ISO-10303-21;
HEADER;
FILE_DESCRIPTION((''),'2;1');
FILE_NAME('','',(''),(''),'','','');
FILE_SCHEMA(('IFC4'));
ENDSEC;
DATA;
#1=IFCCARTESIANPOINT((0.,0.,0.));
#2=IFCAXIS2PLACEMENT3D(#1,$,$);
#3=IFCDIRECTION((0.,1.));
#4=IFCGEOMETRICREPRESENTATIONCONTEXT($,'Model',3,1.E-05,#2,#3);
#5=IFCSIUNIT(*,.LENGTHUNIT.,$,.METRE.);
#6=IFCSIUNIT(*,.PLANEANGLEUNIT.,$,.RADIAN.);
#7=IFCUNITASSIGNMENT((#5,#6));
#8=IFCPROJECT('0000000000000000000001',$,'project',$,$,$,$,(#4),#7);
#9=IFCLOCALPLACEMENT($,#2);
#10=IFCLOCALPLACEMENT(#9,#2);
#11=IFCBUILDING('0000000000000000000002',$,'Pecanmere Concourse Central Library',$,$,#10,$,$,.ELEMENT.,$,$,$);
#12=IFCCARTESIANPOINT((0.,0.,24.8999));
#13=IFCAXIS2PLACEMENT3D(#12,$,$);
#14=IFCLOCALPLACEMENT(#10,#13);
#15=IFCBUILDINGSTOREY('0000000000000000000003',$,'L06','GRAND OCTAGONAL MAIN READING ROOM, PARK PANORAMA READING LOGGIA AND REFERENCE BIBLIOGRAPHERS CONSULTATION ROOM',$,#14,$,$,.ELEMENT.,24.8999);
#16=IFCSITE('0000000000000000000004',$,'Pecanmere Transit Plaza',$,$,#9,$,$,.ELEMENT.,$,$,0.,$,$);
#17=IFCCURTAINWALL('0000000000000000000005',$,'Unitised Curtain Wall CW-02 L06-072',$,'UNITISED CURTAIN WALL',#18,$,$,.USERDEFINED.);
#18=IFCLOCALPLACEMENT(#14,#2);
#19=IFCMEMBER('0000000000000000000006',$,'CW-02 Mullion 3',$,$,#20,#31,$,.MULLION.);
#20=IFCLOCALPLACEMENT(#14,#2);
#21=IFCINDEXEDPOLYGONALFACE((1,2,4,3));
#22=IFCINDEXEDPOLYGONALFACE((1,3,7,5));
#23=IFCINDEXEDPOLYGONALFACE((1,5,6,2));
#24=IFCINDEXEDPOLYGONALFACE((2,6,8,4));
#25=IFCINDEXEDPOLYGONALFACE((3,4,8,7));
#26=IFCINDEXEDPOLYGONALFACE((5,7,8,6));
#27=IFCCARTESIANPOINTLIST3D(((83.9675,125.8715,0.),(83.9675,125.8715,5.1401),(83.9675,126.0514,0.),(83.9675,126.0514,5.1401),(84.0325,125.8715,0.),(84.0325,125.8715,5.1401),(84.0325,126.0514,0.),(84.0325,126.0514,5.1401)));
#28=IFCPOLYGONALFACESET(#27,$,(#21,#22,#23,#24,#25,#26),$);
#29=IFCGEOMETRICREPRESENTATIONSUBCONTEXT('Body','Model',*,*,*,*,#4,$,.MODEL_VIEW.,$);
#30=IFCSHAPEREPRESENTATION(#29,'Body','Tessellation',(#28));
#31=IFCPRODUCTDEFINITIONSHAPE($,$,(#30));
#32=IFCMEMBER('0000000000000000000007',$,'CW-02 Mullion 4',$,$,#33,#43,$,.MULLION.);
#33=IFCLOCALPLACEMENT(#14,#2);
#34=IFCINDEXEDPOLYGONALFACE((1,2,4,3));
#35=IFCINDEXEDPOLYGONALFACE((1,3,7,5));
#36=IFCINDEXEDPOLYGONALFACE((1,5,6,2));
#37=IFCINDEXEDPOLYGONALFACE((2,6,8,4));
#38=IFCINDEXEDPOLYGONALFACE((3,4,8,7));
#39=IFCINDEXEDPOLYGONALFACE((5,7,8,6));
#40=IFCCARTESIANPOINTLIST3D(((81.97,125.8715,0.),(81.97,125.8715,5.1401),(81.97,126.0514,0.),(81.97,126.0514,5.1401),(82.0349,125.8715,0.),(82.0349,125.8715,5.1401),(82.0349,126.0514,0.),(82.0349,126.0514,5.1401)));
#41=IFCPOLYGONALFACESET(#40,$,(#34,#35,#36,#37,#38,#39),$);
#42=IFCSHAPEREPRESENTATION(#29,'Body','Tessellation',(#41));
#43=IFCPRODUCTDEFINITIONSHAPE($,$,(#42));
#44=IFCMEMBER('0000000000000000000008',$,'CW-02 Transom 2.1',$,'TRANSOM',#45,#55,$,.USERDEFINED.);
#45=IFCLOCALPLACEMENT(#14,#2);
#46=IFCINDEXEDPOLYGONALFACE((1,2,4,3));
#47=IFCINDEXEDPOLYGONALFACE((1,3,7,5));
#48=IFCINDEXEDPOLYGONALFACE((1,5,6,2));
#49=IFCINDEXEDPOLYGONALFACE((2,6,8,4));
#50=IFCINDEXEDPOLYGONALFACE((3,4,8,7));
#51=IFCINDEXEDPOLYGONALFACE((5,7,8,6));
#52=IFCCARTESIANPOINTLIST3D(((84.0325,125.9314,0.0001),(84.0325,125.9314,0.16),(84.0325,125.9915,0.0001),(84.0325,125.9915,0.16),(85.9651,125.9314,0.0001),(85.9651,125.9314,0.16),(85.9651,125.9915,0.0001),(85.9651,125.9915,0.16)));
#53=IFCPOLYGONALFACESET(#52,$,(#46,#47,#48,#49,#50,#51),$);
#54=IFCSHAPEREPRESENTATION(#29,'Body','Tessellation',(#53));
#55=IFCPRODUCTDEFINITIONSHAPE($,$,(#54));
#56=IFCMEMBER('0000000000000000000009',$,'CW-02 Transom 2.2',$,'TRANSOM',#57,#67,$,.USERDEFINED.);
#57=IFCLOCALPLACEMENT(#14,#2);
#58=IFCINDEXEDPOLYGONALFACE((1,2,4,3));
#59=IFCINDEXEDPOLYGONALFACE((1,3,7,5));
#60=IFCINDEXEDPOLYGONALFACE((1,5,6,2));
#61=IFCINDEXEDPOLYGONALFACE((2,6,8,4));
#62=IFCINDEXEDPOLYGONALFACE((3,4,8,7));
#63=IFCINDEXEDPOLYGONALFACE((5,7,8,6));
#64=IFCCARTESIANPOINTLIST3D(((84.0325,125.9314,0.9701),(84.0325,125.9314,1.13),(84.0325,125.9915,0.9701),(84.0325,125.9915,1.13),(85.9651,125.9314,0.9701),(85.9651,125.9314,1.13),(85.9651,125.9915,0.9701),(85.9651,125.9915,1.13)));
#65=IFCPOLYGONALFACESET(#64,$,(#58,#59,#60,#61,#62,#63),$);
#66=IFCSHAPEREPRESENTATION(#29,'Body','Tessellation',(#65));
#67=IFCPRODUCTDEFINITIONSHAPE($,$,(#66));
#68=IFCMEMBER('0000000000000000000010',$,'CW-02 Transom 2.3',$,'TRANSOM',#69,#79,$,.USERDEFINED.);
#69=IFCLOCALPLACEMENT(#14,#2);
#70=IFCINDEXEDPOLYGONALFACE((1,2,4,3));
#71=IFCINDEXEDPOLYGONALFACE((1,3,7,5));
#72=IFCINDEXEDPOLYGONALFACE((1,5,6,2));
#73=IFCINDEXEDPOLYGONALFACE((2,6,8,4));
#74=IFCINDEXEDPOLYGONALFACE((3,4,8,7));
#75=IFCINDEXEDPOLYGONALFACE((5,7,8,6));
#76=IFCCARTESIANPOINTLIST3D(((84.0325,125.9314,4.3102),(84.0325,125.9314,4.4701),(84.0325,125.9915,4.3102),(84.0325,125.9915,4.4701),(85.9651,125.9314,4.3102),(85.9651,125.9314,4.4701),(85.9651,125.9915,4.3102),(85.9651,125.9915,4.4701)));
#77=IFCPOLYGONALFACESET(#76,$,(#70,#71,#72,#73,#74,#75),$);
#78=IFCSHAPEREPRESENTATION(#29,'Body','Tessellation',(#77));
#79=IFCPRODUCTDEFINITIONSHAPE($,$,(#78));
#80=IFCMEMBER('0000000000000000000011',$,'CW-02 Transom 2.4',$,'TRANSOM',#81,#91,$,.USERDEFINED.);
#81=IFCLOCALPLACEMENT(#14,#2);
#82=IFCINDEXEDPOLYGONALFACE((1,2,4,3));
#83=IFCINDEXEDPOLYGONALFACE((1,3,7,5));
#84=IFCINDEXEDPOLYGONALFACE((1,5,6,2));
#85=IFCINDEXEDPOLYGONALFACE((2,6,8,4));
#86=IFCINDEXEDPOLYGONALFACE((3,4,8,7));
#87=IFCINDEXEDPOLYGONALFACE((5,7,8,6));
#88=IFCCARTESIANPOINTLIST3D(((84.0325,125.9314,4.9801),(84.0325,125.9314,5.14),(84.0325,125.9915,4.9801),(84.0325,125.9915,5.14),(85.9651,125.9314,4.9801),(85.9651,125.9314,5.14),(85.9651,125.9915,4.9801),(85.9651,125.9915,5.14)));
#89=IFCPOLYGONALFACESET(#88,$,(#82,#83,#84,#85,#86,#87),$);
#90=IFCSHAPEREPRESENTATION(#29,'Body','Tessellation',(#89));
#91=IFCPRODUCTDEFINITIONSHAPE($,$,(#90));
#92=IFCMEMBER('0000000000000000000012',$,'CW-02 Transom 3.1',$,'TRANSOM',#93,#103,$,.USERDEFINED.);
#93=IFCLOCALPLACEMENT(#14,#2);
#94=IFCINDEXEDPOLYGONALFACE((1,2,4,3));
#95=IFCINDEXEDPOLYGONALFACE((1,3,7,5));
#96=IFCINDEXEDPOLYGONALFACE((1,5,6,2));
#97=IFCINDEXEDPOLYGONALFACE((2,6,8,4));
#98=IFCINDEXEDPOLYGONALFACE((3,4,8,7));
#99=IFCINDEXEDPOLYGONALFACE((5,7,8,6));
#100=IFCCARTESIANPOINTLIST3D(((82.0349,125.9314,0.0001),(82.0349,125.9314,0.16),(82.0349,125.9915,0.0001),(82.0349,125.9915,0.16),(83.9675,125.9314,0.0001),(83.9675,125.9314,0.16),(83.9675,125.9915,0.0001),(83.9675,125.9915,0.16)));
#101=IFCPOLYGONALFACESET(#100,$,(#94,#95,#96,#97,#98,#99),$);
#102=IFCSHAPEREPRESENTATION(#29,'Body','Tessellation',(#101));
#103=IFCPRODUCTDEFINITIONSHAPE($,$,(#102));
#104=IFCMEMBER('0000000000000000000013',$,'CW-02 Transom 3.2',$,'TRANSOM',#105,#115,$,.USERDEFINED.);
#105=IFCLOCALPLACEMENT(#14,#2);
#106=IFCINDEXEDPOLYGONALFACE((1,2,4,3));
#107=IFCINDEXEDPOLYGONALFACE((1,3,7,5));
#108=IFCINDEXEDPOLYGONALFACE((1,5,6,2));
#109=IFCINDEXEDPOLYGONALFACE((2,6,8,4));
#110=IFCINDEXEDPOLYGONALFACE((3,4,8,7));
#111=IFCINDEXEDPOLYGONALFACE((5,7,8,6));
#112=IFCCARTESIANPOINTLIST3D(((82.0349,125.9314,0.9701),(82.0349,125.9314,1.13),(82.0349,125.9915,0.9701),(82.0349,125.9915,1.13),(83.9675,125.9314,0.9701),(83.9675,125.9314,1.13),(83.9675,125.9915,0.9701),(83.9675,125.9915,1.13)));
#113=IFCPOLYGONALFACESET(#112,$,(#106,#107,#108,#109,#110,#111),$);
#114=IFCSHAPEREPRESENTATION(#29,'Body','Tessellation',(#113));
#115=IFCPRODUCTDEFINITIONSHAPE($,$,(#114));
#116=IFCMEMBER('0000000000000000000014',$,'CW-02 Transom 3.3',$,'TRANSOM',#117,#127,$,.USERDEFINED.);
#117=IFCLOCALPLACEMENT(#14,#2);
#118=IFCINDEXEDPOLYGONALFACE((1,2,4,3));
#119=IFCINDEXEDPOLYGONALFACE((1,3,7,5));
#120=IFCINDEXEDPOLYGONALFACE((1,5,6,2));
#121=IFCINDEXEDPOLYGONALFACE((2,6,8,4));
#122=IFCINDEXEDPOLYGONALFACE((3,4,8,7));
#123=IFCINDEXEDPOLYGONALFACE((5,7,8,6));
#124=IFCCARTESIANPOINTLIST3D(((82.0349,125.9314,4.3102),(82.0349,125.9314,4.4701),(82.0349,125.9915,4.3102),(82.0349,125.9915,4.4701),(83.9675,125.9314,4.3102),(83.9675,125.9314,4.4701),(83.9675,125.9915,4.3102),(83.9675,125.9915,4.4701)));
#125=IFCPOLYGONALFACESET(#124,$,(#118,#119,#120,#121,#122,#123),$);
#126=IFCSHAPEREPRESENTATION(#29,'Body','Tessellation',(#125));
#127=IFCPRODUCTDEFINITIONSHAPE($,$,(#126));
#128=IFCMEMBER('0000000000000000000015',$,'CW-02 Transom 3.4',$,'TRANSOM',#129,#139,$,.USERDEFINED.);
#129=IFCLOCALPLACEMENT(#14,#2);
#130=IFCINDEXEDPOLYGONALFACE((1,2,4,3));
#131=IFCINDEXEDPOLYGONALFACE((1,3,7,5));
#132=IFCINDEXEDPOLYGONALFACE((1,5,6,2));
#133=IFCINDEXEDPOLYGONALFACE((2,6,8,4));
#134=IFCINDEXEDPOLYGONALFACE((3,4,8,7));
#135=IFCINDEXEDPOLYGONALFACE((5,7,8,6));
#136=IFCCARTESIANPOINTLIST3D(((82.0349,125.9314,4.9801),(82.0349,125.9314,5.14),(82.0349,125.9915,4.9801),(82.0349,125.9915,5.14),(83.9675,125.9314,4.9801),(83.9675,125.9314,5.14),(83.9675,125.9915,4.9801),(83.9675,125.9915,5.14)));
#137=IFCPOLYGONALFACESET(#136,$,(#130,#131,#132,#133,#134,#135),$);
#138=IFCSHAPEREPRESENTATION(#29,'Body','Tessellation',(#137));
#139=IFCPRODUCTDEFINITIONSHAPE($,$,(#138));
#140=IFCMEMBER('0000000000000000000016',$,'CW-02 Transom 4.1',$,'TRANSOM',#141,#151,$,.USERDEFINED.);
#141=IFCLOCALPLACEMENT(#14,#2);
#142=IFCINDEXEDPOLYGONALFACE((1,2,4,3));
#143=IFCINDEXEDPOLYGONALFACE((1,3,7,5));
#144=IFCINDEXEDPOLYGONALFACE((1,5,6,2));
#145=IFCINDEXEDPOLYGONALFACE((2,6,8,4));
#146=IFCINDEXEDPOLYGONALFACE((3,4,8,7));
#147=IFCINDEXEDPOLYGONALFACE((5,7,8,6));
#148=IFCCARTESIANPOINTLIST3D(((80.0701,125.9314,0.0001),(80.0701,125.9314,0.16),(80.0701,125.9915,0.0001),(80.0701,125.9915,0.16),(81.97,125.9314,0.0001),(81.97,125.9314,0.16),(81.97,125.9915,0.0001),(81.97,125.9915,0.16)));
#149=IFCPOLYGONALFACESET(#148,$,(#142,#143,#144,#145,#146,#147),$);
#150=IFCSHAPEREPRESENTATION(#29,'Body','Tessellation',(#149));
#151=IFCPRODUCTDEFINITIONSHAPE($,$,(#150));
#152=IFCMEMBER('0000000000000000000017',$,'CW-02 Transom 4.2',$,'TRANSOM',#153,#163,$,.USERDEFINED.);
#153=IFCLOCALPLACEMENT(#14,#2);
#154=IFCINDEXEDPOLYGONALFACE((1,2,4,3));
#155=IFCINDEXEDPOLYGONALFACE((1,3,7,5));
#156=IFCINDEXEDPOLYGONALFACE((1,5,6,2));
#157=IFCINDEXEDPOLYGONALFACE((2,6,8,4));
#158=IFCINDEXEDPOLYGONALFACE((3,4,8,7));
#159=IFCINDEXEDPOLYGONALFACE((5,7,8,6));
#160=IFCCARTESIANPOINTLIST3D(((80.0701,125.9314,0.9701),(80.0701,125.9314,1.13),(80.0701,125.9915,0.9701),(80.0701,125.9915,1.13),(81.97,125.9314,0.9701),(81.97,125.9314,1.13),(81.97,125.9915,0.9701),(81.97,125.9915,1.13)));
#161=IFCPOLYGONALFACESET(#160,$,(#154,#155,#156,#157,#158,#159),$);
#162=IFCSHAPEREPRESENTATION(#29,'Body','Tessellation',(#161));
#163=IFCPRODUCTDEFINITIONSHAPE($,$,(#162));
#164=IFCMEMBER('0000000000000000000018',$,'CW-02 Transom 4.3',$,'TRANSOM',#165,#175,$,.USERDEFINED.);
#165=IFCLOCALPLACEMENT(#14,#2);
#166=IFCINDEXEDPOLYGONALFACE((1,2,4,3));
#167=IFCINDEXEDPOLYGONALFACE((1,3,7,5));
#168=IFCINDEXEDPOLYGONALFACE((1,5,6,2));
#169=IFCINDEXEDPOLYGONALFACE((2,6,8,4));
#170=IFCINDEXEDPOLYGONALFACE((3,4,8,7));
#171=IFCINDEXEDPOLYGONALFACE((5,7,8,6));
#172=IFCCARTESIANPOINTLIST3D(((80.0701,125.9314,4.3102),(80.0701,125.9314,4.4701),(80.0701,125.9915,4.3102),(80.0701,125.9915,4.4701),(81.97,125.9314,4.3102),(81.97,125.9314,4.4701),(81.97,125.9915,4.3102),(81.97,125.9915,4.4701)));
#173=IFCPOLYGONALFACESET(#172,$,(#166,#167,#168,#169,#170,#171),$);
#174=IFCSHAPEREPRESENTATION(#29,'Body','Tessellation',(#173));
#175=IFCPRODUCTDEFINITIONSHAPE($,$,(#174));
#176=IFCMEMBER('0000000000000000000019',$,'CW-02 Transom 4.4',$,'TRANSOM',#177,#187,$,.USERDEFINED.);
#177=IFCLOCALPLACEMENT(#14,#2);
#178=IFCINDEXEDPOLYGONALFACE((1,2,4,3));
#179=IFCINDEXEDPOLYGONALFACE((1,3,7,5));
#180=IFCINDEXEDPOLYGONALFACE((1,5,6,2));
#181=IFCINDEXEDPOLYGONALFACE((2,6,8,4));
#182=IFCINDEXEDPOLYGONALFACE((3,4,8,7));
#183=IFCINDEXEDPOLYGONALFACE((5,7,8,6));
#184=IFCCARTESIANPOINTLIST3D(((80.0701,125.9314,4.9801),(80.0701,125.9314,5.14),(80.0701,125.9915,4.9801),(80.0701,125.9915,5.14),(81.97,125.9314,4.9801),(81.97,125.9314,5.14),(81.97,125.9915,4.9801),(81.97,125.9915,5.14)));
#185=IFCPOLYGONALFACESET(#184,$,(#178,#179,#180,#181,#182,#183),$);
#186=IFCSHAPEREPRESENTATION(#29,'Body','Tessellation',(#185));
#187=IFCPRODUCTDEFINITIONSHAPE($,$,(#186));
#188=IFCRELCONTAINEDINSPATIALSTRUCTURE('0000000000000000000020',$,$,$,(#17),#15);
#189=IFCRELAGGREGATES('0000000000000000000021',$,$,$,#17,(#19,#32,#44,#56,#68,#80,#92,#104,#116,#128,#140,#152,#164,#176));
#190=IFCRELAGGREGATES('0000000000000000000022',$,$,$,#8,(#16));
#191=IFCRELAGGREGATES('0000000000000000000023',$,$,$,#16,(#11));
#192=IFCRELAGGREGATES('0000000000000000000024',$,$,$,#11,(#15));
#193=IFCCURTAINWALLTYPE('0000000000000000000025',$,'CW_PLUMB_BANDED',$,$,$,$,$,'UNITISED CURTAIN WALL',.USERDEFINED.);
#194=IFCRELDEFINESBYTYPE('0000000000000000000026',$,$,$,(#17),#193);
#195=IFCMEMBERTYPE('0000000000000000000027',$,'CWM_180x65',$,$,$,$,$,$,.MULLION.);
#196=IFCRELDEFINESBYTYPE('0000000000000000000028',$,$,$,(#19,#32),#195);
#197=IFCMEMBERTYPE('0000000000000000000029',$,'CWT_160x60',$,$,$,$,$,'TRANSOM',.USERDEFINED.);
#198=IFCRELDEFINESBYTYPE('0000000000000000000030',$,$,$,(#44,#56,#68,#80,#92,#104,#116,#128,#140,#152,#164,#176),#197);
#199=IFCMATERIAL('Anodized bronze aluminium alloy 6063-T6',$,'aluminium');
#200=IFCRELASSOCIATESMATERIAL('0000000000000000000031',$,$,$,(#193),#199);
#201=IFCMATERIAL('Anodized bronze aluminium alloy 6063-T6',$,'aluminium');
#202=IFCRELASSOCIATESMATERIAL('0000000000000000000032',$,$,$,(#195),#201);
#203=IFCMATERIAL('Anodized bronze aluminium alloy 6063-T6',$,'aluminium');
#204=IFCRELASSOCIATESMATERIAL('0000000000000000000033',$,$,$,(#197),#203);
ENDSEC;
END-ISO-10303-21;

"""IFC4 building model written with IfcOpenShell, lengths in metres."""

from ifc_helpers import new_model, si_unit, direction, frame, origin, origin_2d, place, context, subcontext, project, spatial, rectangle, extrude, material, material_profile, profile_set, type_object, element, aggregate, save


model = new_model("IFC4")

# Units and contexts
model_context = context("Model", 3, precision=1e-05, world=origin(), true_north=direction((0.0, 1.0)))
body_context = subcontext(model_context, "Body", "Model", "MODEL_VIEW")
ifc_project = project(units=[si_unit("LENGTHUNIT", "METRE"), si_unit("PLANEANGLEUNIT", "RADIAN")], contexts=[model_context])

# Site, building, storey
site_placement = place(None, origin())
site = spatial("IfcSite", under=ifc_project, at=site_placement, Name="Pecanmere Transit Plaza", CompositionType="ELEMENT", RefElevation=0.0)
building_placement = place(site_placement, origin())
building = spatial("IfcBuilding", under=site, at=building_placement, Name="Pecanmere Concourse Central Library", CompositionType="ELEMENT")
storey_placement = place(building_placement, frame((0.0, 0.0, 24.8999)))
storey = spatial("IfcBuildingStorey", under=building, at=storey_placement, Name="L06", Description="GRAND OCTAGONAL MAIN READING ROOM, PARK PANORAMA READING LOGGIA AND REFERENCE BIBLIOGRAPHERS CONSULTATION ROOM", CompositionType="ELEMENT", Elevation=24.8999)

# Curtain wall, members
ifc_material_1 = material(Name="Anodized bronze aluminium alloy 6063-T6", Category="aluminium")
curtain_wall_type = type_object("IfcCurtainWallType", Name="CW_PLUMB_BANDED", ElementType="UNITISED CURTAIN WALL", PredefinedType="USERDEFINED", material=ifc_material_1)
curtain_wall_placement = place(storey_placement, origin())
curtain_wall = element("IfcCurtainWall", 1, at=curtain_wall_placement, inside=storey, type_object=curtain_wall_type, Name="Unitised Curtain Wall CW-02 L06-072", ObjectType="UNITISED CURTAIN WALL", PredefinedType="USERDEFINED")
ifc_material_2 = material(Name="Anodized bronze aluminium alloy 6063-T6", Category="aluminium")
ifc_material_profile_1 = material_profile(ifc_material_2, rectangle(XDim=0.0649, YDim=0.1799, at=origin_2d()), Name="AL 65x180")
ifc_profile_set_1 = profile_set([ifc_material_profile_1], Name="Anodized bronze aluminium alloy 6063-T6")
member_type_1 = type_object("IfcMemberType", Name="CWM_180x65", PredefinedType="MULLION", material=ifc_profile_set_1)
member_1_placement = place(storey_placement, frame((84.0, 125.9614, 0.0), z_axis=(0.0, 0.0, 1.0), x_axis=(-1.0, 0.0, 0.0)))
member_1 = element("IfcMember", 2, at=member_1_placement, type_object=member_type_1, Name="CW-02 Mullion 3", PredefinedType="MULLION", context=body_context, shape_type="SweptSolid", body=[
    extrude(rectangle(XDim=0.0649, YDim=0.1799, at=origin_2d()), origin(), (0.0, 0.0, 1.0), 5.1401),
])
member_2_placement = place(storey_placement, frame((82.0024, 125.9614, 0.0), z_axis=(0.0, 0.0, 1.0), x_axis=(-1.0, 0.0, 0.0)))
member_2 = element("IfcMember", 3, at=member_2_placement, type_object=member_type_1, Name="CW-02 Mullion 4", PredefinedType="MULLION", context=body_context, shape_type="SweptSolid", body=[
    extrude(rectangle(XDim=0.0649, YDim=0.1799, at=origin_2d()), origin(), (0.0, 0.0, 1.0), 5.1401),
])
ifc_material_3 = material(Name="Anodized bronze aluminium alloy 6063-T6", Category="aluminium")
ifc_material_profile_2 = material_profile(ifc_material_3, rectangle(XDim=0.0601, YDim=0.1599, at=origin_2d()), Name="AL 60x160")
ifc_profile_set_2 = profile_set([ifc_material_profile_2], Name="Anodized bronze aluminium alloy 6063-T6")
member_type_2 = type_object("IfcMemberType", Name="CWT_160x60", ElementType="TRANSOM", PredefinedType="USERDEFINED", material=ifc_profile_set_2)
member_3_placement = place(storey_placement, frame((85.9651, 125.9614, 0.0801), z_axis=(-1.0, 0.0, 0.0), x_axis=(0.0, -1.0, 0.0)))
member_3 = element("IfcMember", 4, at=member_3_placement, type_object=member_type_2, Name="CW-02 Transom 2.1", ObjectType="TRANSOM", PredefinedType="USERDEFINED", context=body_context, shape_type="SweptSolid", body=[
    extrude(rectangle(XDim=0.0601, YDim=0.1599, at=origin_2d()), origin(), (0.0, 0.0, 1.0), 1.9326),
])
member_4_placement = place(storey_placement, frame((85.9651, 125.9614, 1.05), z_axis=(-1.0, 0.0, 0.0), x_axis=(0.0, -1.0, 0.0)))
member_4 = element("IfcMember", 5, at=member_4_placement, type_object=member_type_2, Name="CW-02 Transom 2.2", ObjectType="TRANSOM", PredefinedType="USERDEFINED", context=body_context, shape_type="SweptSolid", body=[
    extrude(rectangle(XDim=0.0601, YDim=0.1599, at=origin_2d()), origin(), (0.0, 0.0, 1.0), 1.9326),
])
member_5_placement = place(storey_placement, frame((85.9651, 125.9614, 4.3901), z_axis=(-1.0, 0.0, 0.0), x_axis=(0.0, -1.0, 0.0)))
member_5 = element("IfcMember", 6, at=member_5_placement, type_object=member_type_2, Name="CW-02 Transom 2.3", ObjectType="TRANSOM", PredefinedType="USERDEFINED", context=body_context, shape_type="SweptSolid", body=[
    extrude(rectangle(XDim=0.0601, YDim=0.1599, at=origin_2d()), origin(), (0.0, 0.0, 1.0), 1.9326),
])
member_6_placement = place(storey_placement, frame((85.9651, 125.9614, 5.0601), z_axis=(-1.0, 0.0, 0.0), x_axis=(0.0, -1.0, 0.0)))
member_6 = element("IfcMember", 7, at=member_6_placement, type_object=member_type_2, Name="CW-02 Transom 2.4", ObjectType="TRANSOM", PredefinedType="USERDEFINED", context=body_context, shape_type="SweptSolid", body=[
    extrude(rectangle(XDim=0.0601, YDim=0.1599, at=origin_2d()), origin(), (0.0, 0.0, 1.0), 1.9326),
])
member_7_placement = place(storey_placement, frame((83.9675, 125.9614, 0.0801), z_axis=(-1.0, 0.0, 0.0), x_axis=(0.0, -1.0, 0.0)))
member_7 = element("IfcMember", 8, at=member_7_placement, type_object=member_type_2, Name="CW-02 Transom 3.1", ObjectType="TRANSOM", PredefinedType="USERDEFINED", context=body_context, shape_type="SweptSolid", body=[
    extrude(rectangle(XDim=0.0601, YDim=0.1599, at=origin_2d()), origin(), (0.0, 0.0, 1.0), 1.9326),
])
member_8_placement = place(storey_placement, frame((83.9675, 125.9614, 1.05), z_axis=(-1.0, 0.0, 0.0), x_axis=(0.0, -1.0, 0.0)))
member_8 = element("IfcMember", 9, at=member_8_placement, type_object=member_type_2, Name="CW-02 Transom 3.2", ObjectType="TRANSOM", PredefinedType="USERDEFINED", context=body_context, shape_type="SweptSolid", body=[
    extrude(rectangle(XDim=0.0601, YDim=0.1599, at=origin_2d()), origin(), (0.0, 0.0, 1.0), 1.9326),
])
member_9_placement = place(storey_placement, frame((83.9675, 125.9614, 4.3901), z_axis=(-1.0, 0.0, 0.0), x_axis=(0.0, -1.0, 0.0)))
member_9 = element("IfcMember", 10, at=member_9_placement, type_object=member_type_2, Name="CW-02 Transom 3.3", ObjectType="TRANSOM", PredefinedType="USERDEFINED", context=body_context, shape_type="SweptSolid", body=[
    extrude(rectangle(XDim=0.0601, YDim=0.1599, at=origin_2d()), origin(), (0.0, 0.0, 1.0), 1.9326),
])
member_10_placement = place(storey_placement, frame((83.9675, 125.9614, 5.0601), z_axis=(-1.0, 0.0, 0.0), x_axis=(0.0, -1.0, 0.0)))
member_10 = element("IfcMember", 11, at=member_10_placement, type_object=member_type_2, Name="CW-02 Transom 3.4", ObjectType="TRANSOM", PredefinedType="USERDEFINED", context=body_context, shape_type="SweptSolid", body=[
    extrude(rectangle(XDim=0.0601, YDim=0.1599, at=origin_2d()), origin(), (0.0, 0.0, 1.0), 1.9326),
])
member_11_placement = place(storey_placement, frame((81.97, 125.9614, 0.0801), z_axis=(-1.0, 0.0, 0.0), x_axis=(0.0, -1.0, 0.0)))
member_11 = element("IfcMember", 12, at=member_11_placement, type_object=member_type_2, Name="CW-02 Transom 4.1", ObjectType="TRANSOM", PredefinedType="USERDEFINED", context=body_context, shape_type="SweptSolid", body=[
    extrude(rectangle(XDim=0.0601, YDim=0.1599, at=origin_2d()), origin(), (0.0, 0.0, 1.0), 1.8999),
])
member_12_placement = place(storey_placement, frame((81.97, 125.9614, 1.05), z_axis=(-1.0, 0.0, 0.0), x_axis=(0.0, -1.0, 0.0)))
member_12 = element("IfcMember", 13, at=member_12_placement, type_object=member_type_2, Name="CW-02 Transom 4.2", ObjectType="TRANSOM", PredefinedType="USERDEFINED", context=body_context, shape_type="SweptSolid", body=[
    extrude(rectangle(XDim=0.0601, YDim=0.1599, at=origin_2d()), origin(), (0.0, 0.0, 1.0), 1.8999),
])
member_13_placement = place(storey_placement, frame((81.97, 125.9614, 4.3901), z_axis=(-1.0, 0.0, 0.0), x_axis=(0.0, -1.0, 0.0)))
member_13 = element("IfcMember", 14, at=member_13_placement, type_object=member_type_2, Name="CW-02 Transom 4.3", ObjectType="TRANSOM", PredefinedType="USERDEFINED", context=body_context, shape_type="SweptSolid", body=[
    extrude(rectangle(XDim=0.0601, YDim=0.1599, at=origin_2d()), origin(), (0.0, 0.0, 1.0), 1.8999),
])
member_14_placement = place(storey_placement, frame((81.97, 125.9614, 5.0601), z_axis=(-1.0, 0.0, 0.0), x_axis=(0.0, -1.0, 0.0)))
member_14 = element("IfcMember", 15, at=member_14_placement, type_object=member_type_2, Name="CW-02 Transom 4.4", ObjectType="TRANSOM", PredefinedType="USERDEFINED", context=body_context, shape_type="SweptSolid", body=[
    extrude(rectangle(XDim=0.0601, YDim=0.1599, at=origin_2d()), origin(), (0.0, 0.0, 1.0), 1.8999),
])

aggregate(curtain_wall, [member_1, member_2, member_3, member_4, member_5, member_6, member_7, member_8, member_9, member_10, member_11, member_12, member_13, member_14])

save(model, "model.ifc")
